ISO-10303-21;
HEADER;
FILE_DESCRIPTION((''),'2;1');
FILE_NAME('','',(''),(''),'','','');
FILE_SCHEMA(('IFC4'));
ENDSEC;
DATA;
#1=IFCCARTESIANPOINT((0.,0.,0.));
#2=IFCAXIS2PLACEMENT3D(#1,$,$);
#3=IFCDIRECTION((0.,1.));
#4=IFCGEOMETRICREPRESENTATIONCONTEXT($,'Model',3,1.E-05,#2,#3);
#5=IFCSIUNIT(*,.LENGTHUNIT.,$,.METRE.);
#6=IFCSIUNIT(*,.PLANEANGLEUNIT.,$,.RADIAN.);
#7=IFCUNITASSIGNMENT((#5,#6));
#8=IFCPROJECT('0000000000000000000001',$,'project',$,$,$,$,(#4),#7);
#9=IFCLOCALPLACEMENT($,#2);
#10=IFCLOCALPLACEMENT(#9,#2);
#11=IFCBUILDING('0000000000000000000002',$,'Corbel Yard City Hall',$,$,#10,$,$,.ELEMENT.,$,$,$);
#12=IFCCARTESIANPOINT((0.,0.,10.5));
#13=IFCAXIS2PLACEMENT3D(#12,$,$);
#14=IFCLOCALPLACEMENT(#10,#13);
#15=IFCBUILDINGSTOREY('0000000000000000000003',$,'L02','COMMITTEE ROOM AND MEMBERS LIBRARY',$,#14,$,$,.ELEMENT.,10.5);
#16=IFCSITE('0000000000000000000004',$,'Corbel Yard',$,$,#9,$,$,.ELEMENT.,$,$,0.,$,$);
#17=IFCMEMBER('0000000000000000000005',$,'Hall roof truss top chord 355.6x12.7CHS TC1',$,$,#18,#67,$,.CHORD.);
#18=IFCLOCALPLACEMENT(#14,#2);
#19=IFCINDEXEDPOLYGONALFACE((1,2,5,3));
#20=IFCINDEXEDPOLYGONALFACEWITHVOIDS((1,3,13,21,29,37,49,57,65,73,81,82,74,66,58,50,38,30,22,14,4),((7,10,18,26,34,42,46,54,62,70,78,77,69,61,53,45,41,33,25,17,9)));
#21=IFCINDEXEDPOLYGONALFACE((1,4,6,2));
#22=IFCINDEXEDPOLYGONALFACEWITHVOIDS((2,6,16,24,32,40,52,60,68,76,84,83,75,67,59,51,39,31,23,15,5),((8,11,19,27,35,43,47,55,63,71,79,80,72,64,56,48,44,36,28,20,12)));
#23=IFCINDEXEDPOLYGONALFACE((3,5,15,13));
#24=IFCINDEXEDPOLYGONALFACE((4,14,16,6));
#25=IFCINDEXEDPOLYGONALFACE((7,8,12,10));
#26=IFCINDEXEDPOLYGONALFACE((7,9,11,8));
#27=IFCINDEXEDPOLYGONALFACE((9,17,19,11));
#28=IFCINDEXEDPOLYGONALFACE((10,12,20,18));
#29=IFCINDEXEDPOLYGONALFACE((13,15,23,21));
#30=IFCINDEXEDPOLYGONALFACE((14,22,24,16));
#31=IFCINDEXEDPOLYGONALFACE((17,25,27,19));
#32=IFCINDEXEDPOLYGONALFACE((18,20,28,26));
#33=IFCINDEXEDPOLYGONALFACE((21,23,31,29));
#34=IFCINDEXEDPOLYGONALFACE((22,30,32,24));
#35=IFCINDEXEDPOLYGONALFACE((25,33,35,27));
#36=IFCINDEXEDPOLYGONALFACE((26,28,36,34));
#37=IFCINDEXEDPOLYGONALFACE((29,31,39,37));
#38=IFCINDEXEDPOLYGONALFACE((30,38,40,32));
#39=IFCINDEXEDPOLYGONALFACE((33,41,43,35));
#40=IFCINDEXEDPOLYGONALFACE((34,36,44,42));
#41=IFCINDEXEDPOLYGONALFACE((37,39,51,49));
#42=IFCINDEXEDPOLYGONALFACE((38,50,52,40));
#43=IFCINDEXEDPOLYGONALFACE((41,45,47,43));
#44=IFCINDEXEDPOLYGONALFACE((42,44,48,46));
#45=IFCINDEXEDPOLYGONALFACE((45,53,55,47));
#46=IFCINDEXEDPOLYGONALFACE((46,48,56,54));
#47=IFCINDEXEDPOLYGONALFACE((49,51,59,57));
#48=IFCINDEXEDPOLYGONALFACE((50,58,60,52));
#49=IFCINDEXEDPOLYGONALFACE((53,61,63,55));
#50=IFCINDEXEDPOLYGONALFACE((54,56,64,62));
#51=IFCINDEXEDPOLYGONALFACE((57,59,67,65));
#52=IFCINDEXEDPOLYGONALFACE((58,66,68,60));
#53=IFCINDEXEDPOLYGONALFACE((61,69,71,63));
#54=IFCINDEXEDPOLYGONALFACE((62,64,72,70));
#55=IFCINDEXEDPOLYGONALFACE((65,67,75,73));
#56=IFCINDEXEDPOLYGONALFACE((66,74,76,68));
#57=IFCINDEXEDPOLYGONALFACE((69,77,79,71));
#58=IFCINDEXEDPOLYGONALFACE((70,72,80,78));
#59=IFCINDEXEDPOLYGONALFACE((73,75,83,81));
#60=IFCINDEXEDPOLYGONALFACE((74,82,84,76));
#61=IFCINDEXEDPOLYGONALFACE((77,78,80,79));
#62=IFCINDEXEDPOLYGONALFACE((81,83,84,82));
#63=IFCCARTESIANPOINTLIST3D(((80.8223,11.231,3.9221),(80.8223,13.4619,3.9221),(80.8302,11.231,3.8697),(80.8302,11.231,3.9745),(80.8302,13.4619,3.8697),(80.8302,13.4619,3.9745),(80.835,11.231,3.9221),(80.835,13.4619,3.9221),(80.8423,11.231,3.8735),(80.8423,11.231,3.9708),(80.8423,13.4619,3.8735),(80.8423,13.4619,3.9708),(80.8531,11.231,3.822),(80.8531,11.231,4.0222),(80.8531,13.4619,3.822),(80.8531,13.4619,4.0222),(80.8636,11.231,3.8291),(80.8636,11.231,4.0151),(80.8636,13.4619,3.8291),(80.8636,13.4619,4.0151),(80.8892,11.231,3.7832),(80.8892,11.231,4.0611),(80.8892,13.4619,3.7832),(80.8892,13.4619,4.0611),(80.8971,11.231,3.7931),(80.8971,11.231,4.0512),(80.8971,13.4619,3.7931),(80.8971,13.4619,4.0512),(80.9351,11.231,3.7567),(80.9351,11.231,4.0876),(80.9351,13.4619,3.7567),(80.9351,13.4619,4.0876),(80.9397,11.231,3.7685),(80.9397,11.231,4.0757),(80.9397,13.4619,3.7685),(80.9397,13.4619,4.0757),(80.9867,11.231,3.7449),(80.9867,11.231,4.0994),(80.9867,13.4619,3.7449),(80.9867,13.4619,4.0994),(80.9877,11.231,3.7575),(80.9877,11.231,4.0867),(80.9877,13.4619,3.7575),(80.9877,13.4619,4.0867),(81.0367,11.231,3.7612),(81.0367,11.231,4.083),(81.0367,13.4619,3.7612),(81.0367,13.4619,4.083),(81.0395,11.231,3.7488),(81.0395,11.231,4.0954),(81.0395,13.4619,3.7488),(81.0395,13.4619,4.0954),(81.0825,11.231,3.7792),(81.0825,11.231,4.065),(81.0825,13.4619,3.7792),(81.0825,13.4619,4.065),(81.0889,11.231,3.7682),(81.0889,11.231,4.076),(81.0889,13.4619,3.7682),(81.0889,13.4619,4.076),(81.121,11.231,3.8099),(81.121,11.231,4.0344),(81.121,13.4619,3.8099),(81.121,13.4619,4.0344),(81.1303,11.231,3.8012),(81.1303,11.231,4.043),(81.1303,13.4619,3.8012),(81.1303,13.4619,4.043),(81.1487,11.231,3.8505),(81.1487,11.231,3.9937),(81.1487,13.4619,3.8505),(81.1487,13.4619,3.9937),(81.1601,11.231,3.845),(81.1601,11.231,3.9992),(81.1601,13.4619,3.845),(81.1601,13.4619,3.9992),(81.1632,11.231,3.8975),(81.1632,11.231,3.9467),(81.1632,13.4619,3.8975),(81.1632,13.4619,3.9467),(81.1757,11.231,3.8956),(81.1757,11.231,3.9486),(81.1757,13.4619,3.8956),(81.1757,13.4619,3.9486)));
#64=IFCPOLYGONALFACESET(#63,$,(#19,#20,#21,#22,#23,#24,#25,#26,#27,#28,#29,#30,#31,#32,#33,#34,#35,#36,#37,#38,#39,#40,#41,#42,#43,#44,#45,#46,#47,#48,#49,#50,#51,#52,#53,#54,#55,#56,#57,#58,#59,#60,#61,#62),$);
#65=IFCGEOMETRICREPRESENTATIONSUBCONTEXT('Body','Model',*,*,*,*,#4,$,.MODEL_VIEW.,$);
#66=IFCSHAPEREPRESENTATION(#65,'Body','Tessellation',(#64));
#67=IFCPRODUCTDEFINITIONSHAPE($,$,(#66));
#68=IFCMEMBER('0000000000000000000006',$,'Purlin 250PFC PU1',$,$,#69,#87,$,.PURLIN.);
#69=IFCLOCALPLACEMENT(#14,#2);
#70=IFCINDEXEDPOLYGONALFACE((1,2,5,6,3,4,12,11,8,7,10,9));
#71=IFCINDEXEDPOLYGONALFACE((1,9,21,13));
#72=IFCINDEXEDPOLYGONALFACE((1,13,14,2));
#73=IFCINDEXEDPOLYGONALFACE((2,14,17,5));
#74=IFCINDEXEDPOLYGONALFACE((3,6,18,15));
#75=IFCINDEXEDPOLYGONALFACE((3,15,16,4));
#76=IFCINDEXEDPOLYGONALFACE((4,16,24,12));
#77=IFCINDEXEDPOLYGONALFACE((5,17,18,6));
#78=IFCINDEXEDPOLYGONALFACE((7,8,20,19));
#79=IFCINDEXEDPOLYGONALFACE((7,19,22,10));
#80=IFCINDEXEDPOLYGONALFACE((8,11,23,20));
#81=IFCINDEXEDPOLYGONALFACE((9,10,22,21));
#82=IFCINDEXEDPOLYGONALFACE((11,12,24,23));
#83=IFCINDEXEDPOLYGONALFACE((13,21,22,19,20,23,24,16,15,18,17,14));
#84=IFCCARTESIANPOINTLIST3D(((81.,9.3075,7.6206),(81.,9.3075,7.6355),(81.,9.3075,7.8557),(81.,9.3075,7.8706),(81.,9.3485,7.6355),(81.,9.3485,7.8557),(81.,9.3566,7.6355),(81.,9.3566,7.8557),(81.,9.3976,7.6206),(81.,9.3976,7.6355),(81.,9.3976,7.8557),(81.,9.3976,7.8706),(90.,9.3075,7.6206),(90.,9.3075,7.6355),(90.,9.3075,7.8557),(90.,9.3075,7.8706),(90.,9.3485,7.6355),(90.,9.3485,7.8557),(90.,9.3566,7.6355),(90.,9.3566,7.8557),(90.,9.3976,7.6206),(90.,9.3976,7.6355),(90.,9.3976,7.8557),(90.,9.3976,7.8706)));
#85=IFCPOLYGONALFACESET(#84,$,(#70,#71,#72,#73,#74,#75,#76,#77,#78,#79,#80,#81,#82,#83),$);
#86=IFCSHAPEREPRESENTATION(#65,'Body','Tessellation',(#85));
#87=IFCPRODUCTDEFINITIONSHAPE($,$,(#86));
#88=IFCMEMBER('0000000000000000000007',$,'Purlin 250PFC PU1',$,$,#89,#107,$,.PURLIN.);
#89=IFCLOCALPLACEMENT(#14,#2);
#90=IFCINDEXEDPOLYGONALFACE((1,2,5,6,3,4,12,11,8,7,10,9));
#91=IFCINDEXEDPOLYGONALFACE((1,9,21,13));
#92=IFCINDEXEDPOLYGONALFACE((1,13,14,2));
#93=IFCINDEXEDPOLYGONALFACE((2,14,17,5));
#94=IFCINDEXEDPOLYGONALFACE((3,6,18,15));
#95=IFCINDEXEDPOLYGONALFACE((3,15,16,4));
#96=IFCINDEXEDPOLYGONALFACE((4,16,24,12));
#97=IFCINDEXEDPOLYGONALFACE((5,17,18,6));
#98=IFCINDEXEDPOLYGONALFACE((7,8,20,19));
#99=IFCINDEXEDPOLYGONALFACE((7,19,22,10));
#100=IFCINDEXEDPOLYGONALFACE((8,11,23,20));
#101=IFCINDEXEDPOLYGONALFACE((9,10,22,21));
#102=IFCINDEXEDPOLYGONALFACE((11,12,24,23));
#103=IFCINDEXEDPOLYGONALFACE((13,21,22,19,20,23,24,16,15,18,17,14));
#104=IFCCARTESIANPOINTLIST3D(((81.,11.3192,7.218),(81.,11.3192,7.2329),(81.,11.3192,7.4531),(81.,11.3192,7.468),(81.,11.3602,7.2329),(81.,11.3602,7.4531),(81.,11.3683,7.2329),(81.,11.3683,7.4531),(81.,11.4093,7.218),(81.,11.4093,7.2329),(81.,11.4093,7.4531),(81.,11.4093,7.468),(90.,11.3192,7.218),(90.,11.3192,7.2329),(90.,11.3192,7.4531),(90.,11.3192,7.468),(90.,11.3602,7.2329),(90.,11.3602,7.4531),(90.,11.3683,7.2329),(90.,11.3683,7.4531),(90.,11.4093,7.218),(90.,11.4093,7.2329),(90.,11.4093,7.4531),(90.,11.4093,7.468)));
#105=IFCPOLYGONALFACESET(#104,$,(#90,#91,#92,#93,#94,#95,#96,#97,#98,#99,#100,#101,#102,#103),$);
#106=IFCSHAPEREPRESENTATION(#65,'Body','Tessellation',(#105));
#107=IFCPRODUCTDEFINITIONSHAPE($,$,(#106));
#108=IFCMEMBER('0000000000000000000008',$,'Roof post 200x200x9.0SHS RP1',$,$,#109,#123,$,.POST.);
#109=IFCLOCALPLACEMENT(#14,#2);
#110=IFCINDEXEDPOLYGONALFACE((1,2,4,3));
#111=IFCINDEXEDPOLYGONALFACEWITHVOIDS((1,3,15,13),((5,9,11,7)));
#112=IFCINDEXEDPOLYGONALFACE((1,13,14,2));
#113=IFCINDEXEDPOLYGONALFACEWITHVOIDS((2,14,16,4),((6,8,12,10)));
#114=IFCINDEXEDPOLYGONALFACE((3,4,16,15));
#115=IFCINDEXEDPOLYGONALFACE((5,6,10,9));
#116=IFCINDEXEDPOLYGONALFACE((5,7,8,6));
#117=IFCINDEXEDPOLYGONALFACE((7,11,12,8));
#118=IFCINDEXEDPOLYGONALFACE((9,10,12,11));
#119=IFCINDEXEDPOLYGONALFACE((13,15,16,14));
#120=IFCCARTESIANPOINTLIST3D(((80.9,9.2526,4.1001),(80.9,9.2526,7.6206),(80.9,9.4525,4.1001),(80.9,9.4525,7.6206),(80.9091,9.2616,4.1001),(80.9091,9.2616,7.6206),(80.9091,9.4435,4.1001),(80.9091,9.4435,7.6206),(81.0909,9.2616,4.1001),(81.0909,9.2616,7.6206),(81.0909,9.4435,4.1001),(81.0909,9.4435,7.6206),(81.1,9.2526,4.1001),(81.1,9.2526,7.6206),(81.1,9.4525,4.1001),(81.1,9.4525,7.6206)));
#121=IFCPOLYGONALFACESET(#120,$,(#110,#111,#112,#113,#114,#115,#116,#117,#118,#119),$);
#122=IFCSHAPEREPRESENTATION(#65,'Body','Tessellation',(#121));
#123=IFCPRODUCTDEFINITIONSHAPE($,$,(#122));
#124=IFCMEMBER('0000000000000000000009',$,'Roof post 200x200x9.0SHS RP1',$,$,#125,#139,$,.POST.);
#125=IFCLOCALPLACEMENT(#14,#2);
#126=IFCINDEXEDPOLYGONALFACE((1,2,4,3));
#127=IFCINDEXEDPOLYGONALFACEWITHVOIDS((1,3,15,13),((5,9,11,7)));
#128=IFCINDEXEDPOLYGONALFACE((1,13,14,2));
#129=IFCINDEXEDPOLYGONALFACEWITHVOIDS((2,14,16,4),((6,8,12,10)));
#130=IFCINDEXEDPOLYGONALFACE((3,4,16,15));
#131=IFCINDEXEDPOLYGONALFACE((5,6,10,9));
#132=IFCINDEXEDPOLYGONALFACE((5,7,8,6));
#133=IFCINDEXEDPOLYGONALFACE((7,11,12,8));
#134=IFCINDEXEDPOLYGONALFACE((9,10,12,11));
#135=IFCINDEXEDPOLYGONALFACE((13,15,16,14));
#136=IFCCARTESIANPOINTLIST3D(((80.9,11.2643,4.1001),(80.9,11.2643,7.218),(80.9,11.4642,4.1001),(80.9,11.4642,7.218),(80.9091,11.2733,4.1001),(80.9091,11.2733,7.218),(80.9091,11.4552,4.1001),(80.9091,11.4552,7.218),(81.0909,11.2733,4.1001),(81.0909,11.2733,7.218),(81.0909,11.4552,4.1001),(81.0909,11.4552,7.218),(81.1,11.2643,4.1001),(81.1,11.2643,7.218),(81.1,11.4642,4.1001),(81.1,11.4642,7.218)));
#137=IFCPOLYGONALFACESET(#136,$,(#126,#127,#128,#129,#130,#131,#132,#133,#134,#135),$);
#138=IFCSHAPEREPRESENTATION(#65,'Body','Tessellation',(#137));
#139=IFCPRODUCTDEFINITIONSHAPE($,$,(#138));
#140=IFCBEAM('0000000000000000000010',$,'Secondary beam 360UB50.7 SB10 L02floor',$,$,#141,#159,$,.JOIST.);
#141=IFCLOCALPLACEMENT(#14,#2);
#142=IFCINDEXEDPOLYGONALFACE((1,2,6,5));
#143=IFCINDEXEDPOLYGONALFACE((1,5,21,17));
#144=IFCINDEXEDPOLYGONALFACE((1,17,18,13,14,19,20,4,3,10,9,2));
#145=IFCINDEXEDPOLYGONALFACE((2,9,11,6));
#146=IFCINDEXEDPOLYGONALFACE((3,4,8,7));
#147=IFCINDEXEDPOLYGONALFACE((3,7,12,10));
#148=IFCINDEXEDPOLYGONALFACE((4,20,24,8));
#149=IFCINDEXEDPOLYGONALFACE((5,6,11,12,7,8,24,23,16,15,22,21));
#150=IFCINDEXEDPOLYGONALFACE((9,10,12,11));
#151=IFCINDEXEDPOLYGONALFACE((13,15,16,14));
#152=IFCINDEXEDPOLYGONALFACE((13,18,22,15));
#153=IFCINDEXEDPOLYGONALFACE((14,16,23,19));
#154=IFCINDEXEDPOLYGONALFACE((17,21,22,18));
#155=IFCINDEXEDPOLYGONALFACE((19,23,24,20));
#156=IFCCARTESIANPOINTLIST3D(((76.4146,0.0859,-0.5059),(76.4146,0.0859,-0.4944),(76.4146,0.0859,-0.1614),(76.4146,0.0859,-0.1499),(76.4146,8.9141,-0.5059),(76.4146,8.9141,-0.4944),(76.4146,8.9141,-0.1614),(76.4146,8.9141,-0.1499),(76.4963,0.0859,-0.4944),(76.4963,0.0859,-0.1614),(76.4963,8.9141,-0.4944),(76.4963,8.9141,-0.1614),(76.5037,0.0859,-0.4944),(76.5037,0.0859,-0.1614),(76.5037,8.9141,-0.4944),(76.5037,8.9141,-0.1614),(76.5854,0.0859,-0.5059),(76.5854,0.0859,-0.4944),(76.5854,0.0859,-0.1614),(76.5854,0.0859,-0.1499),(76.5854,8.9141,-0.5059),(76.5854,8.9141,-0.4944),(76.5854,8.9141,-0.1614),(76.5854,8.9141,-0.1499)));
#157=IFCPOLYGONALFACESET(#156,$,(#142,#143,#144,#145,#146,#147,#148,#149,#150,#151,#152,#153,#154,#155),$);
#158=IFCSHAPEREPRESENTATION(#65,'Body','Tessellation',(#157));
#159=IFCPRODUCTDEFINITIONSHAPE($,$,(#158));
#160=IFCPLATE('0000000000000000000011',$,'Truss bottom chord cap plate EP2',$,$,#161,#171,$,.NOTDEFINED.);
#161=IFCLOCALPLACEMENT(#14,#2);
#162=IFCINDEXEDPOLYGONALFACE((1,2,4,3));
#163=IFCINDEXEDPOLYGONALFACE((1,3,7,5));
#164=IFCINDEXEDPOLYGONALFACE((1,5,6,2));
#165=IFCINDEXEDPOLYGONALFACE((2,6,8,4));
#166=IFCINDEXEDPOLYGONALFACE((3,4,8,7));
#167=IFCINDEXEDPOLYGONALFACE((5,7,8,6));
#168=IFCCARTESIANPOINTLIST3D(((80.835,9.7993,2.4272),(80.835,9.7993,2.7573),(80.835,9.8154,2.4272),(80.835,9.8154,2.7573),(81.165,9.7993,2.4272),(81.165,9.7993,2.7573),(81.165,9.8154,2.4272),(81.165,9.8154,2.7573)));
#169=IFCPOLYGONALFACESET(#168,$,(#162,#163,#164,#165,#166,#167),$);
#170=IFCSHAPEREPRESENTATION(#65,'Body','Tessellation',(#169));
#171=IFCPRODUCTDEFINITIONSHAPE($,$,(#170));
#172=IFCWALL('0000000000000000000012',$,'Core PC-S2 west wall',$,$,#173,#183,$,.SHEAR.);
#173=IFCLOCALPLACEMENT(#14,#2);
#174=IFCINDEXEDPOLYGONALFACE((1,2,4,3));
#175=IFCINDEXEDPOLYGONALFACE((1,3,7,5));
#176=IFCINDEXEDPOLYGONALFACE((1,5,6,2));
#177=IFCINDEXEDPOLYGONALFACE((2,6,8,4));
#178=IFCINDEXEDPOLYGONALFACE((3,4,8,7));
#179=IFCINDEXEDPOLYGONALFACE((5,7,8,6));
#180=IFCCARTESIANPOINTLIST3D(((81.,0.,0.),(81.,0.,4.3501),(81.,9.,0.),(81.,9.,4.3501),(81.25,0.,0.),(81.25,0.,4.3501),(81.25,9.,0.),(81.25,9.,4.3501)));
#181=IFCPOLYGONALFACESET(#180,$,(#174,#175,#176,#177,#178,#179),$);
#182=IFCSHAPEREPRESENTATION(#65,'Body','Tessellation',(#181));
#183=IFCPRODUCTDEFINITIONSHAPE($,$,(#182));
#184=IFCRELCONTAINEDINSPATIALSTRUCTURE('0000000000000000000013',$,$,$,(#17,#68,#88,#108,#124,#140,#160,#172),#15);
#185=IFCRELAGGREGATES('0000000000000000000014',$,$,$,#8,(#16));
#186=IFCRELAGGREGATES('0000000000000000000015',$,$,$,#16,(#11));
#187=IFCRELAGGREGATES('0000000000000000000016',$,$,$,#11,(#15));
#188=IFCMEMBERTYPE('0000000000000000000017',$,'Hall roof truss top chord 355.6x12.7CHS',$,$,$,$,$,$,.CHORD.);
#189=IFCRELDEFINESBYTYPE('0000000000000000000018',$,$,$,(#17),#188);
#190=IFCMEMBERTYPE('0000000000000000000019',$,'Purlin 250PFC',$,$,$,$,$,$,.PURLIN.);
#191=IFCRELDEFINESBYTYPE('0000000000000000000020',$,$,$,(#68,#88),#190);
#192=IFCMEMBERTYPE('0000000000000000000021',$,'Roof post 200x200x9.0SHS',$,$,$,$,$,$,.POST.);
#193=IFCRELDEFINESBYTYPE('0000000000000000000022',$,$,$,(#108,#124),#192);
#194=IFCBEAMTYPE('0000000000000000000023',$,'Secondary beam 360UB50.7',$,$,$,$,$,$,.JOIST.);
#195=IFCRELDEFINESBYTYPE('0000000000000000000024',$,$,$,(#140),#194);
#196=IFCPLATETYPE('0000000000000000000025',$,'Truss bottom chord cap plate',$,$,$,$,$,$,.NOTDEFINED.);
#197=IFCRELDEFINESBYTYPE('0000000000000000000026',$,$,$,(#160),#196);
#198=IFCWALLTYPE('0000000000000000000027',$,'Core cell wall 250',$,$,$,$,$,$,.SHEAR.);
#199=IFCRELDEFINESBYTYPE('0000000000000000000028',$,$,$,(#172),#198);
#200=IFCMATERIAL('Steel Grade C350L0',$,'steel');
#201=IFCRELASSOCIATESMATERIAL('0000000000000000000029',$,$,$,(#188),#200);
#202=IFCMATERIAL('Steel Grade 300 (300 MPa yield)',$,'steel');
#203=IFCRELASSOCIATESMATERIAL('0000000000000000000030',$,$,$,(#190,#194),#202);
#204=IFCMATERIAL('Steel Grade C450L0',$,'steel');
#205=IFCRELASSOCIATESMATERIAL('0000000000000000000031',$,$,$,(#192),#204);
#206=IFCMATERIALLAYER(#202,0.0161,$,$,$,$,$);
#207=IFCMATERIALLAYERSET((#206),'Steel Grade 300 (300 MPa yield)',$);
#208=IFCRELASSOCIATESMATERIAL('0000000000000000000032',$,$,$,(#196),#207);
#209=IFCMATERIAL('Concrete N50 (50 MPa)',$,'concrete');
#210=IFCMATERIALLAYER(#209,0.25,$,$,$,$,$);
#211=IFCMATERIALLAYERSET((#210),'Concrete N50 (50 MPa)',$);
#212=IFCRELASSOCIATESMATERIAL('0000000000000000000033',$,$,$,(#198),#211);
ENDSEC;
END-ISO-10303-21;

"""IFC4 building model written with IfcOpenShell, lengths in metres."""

from ifc_helpers import new_model, si_unit, direction, frame, frame_2d, origin, origin_2d, place, context, subcontext, project, spatial, rectangle, hollow_rectangle, hollow_circle, i_section, extrude, material, layer, layer_set, material_profile, profile_set, type_object, element, save


model = new_model("IFC4")

# Units and contexts
model_context = context("Model", 3, precision=1e-05, world=origin(), true_north=direction((0.0, 1.0)))
body_context = subcontext(model_context, "Body", "Model", "MODEL_VIEW")
ifc_project = project(units=[si_unit("LENGTHUNIT", "METRE"), si_unit("PLANEANGLEUNIT", "RADIAN")], contexts=[model_context])

# Site, building, storey
site_placement = place(None, origin())
site = spatial("IfcSite", under=ifc_project, at=site_placement, Name="Corbel Yard", CompositionType="ELEMENT", RefElevation=0.0)
building_placement = place(site_placement, origin())
building = spatial("IfcBuilding", under=site, at=building_placement, Name="Corbel Yard City Hall", CompositionType="ELEMENT")
storey_placement = place(building_placement, frame((0.0, 0.0, 10.5)))
storey = spatial("IfcBuildingStorey", under=building, at=storey_placement, Name="L02", Description="COMMITTEE ROOM AND MEMBERS LIBRARY", CompositionType="ELEMENT", Elevation=10.5)

# Shared definitions
ifc_material_1 = material(Name="Steel Grade 300 (300 MPa yield)", Category="steel")

# Members
ifc_material_2 = material(Name="Steel Grade C350L0", Category="steel")
ifc_material_profile_1 = material_profile(ifc_material_2, hollow_circle(Radius=0.1777, WallThickness=0.0127, at=origin_2d()), Name="355.6x12.7CHS")
ifc_profile_set_1 = profile_set([ifc_material_profile_1], Name="Steel Grade C350L0")
member_type_1 = type_object("IfcMemberType", Name="Hall roof truss top chord 355.6x12.7CHS", PredefinedType="CHORD", material=ifc_profile_set_1)
for number, where, z_axis, x_axis, name in (
    (1, (81.0, 11.231, 3.9221), (0.0, 1.0, 0.0), (-1.0, 0.0, 0.0), "Hall roof truss top chord 355.6x12.7CHS TC1"),
):
    element("IfcMember", number, at=place(storey_placement, frame(where, z_axis=z_axis, x_axis=x_axis)), inside=storey, type_object=member_type_1, Name=name, PredefinedType="CHORD", context=body_context, shape_type="SweptSolid", body=[
        extrude(hollow_circle(Radius=0.1777, WallThickness=0.0127, at=origin_2d()), origin(), (0.0, 0.0, 1.0), 2.231),
    ])
ifc_material_profile_2 = material_profile(ifc_material_1, i_section(OverallWidth=0.0901, OverallDepth=0.25, WebThickness=0.0081, FlangeThickness=0.0149, at=origin_2d()), Name="250PFC")
ifc_profile_set_2 = profile_set([ifc_material_profile_2], Name="Steel Grade 300 (300 MPa yield)")
member_type_2 = type_object("IfcMemberType", Name="Purlin 250PFC", PredefinedType="PURLIN", material=ifc_profile_set_2)
for number, where, z_axis, x_axis, name in (
    (2, (81.0, 9.3525, 7.7456), (1.0, 0.0, 0.0), (0.0, 1.0, 0.0), "Purlin 250PFC PU1"),
    (3, (81.0, 11.3643, 7.343), (1.0, 0.0, 0.0), (0.0, 1.0, 0.0), "Purlin 250PFC PU1"),
):
    element("IfcMember", number, at=place(storey_placement, frame(where, z_axis=z_axis, x_axis=x_axis)), inside=storey, type_object=member_type_2, Name=name, PredefinedType="PURLIN", context=body_context, shape_type="SweptSolid", body=[
        extrude(i_section(OverallWidth=0.0901, OverallDepth=0.25, WebThickness=0.0081, FlangeThickness=0.0149, at=origin_2d()), origin(), (0.0, 0.0, 1.0), 9.0),
    ])
ifc_material_3 = material(Name="Steel Grade C450L0", Category="steel")
ifc_material_profile_3 = material_profile(ifc_material_3, hollow_rectangle(XDim=0.2, YDim=0.2, WallThickness=0.009, at=origin_2d()), Name="200x200x9.0SHS")
ifc_profile_set_3 = profile_set([ifc_material_profile_3], Name="Steel Grade C450L0")
member_type_3 = type_object("IfcMemberType", Name="Roof post 200x200x9.0SHS", PredefinedType="POST", material=ifc_profile_set_3)
member_1_placement = place(storey_placement, frame((81.0, 9.3525, 4.1001), z_axis=(0.0, 0.0, 1.0), x_axis=(1.0, 0.0, 0.0)))
element("IfcMember", 4, at=member_1_placement, inside=storey, type_object=member_type_3, Name="Roof post 200x200x9.0SHS RP1", PredefinedType="POST", context=body_context, shape_type="SweptSolid", body=[
    extrude(hollow_rectangle(XDim=0.2, YDim=0.2, WallThickness=0.009, at=origin_2d()), origin(), (0.0, 0.0, 1.0), 3.5205),
])
member_2_placement = place(storey_placement, frame((81.0, 11.3643, 4.1001), z_axis=(0.0, 0.0, 1.0), x_axis=(1.0, 0.0, 0.0)))
element("IfcMember", 5, at=member_2_placement, inside=storey, type_object=member_type_3, Name="Roof post 200x200x9.0SHS RP1", PredefinedType="POST", context=body_context, shape_type="SweptSolid", body=[
    extrude(hollow_rectangle(XDim=0.2, YDim=0.2, WallThickness=0.009, at=origin_2d()), origin(), (0.0, 0.0, 1.0), 3.1179),
])

# Beam
ifc_material_profile_4 = material_profile(ifc_material_1, i_section(OverallWidth=0.1709, OverallDepth=0.356, WebThickness=0.0073, FlangeThickness=0.0115, at=origin_2d()), Name="360UB50.7")
ifc_profile_set_4 = profile_set([ifc_material_profile_4], Name="Steel Grade 300 (300 MPa yield)")
beam_type_1 = type_object("IfcBeamType", Name="Secondary beam 360UB50.7", PredefinedType="JOIST", material=ifc_profile_set_4)
beam_1_placement = place(storey_placement, frame((76.5, 0.0859, -0.3279), z_axis=(0.0, 1.0, 0.0), x_axis=(-1.0, 0.0, 0.0)))
element("IfcBeam", 6, at=beam_1_placement, inside=storey, type_object=beam_type_1, Name="Secondary beam 360UB50.7 SB10 L02floor", PredefinedType="JOIST", context=body_context, shape_type="SweptSolid", body=[
    extrude(i_section(OverallWidth=0.1709, OverallDepth=0.356, WebThickness=0.0073, FlangeThickness=0.0115, at=origin_2d()), origin(), (0.0, 0.0, 1.0), 8.8281),
])

# Plate
ifc_layer_1 = layer(ifc_material_1, 0.0161)
ifc_layer_set_1 = layer_set([ifc_layer_1], Name="Steel Grade 300 (300 MPa yield)")
plate_type = type_object("IfcPlateType", Name="Truss bottom chord cap plate", PredefinedType="NOTDEFINED", material=ifc_layer_set_1)
plate_placement = place(storey_placement, frame((81.0, 9.8074, 2.4272), z_axis=(0.0, 0.0, 1.0), x_axis=(1.0, 0.0, 0.0)))
element("IfcPlate", 7, at=plate_placement, inside=storey, type_object=plate_type, Name="Truss bottom chord cap plate EP2", PredefinedType="NOTDEFINED", context=body_context, shape_type="SweptSolid", body=[
    extrude(rectangle(XDim=0.3301, YDim=0.0161, at=origin_2d()), origin(), (0.0, 0.0, 1.0), 0.3301),
])

# Wall
ifc_material_4 = material(Name="Concrete N50 (50 MPa)", Category="concrete")
ifc_layer_2 = layer(ifc_material_4, 0.25)
ifc_layer_set_2 = layer_set([ifc_layer_2], Name="Concrete N50 (50 MPa)")
wall_type_1 = type_object("IfcWallType", Name="Core cell wall 250", PredefinedType="SHEAR", material=ifc_layer_set_2)
wall_1_placement = place(storey_placement, frame((81.125, 0.0, 0.0), z_axis=(0.0, 0.0, 1.0), x_axis=(0.0, 1.0, 0.0)))
element("IfcWall", 8, at=wall_1_placement, inside=storey, type_object=wall_type_1, Name="Core PC-S2 west wall", PredefinedType="SHEAR", context=body_context, shape_type="SweptSolid", body=[
    extrude(rectangle(XDim=9.0, YDim=0.25, at=frame_2d((4.5, 0.0))), origin(), (0.0, 0.0, 1.0), 4.3501),
])

save(model, "model.ifc")
